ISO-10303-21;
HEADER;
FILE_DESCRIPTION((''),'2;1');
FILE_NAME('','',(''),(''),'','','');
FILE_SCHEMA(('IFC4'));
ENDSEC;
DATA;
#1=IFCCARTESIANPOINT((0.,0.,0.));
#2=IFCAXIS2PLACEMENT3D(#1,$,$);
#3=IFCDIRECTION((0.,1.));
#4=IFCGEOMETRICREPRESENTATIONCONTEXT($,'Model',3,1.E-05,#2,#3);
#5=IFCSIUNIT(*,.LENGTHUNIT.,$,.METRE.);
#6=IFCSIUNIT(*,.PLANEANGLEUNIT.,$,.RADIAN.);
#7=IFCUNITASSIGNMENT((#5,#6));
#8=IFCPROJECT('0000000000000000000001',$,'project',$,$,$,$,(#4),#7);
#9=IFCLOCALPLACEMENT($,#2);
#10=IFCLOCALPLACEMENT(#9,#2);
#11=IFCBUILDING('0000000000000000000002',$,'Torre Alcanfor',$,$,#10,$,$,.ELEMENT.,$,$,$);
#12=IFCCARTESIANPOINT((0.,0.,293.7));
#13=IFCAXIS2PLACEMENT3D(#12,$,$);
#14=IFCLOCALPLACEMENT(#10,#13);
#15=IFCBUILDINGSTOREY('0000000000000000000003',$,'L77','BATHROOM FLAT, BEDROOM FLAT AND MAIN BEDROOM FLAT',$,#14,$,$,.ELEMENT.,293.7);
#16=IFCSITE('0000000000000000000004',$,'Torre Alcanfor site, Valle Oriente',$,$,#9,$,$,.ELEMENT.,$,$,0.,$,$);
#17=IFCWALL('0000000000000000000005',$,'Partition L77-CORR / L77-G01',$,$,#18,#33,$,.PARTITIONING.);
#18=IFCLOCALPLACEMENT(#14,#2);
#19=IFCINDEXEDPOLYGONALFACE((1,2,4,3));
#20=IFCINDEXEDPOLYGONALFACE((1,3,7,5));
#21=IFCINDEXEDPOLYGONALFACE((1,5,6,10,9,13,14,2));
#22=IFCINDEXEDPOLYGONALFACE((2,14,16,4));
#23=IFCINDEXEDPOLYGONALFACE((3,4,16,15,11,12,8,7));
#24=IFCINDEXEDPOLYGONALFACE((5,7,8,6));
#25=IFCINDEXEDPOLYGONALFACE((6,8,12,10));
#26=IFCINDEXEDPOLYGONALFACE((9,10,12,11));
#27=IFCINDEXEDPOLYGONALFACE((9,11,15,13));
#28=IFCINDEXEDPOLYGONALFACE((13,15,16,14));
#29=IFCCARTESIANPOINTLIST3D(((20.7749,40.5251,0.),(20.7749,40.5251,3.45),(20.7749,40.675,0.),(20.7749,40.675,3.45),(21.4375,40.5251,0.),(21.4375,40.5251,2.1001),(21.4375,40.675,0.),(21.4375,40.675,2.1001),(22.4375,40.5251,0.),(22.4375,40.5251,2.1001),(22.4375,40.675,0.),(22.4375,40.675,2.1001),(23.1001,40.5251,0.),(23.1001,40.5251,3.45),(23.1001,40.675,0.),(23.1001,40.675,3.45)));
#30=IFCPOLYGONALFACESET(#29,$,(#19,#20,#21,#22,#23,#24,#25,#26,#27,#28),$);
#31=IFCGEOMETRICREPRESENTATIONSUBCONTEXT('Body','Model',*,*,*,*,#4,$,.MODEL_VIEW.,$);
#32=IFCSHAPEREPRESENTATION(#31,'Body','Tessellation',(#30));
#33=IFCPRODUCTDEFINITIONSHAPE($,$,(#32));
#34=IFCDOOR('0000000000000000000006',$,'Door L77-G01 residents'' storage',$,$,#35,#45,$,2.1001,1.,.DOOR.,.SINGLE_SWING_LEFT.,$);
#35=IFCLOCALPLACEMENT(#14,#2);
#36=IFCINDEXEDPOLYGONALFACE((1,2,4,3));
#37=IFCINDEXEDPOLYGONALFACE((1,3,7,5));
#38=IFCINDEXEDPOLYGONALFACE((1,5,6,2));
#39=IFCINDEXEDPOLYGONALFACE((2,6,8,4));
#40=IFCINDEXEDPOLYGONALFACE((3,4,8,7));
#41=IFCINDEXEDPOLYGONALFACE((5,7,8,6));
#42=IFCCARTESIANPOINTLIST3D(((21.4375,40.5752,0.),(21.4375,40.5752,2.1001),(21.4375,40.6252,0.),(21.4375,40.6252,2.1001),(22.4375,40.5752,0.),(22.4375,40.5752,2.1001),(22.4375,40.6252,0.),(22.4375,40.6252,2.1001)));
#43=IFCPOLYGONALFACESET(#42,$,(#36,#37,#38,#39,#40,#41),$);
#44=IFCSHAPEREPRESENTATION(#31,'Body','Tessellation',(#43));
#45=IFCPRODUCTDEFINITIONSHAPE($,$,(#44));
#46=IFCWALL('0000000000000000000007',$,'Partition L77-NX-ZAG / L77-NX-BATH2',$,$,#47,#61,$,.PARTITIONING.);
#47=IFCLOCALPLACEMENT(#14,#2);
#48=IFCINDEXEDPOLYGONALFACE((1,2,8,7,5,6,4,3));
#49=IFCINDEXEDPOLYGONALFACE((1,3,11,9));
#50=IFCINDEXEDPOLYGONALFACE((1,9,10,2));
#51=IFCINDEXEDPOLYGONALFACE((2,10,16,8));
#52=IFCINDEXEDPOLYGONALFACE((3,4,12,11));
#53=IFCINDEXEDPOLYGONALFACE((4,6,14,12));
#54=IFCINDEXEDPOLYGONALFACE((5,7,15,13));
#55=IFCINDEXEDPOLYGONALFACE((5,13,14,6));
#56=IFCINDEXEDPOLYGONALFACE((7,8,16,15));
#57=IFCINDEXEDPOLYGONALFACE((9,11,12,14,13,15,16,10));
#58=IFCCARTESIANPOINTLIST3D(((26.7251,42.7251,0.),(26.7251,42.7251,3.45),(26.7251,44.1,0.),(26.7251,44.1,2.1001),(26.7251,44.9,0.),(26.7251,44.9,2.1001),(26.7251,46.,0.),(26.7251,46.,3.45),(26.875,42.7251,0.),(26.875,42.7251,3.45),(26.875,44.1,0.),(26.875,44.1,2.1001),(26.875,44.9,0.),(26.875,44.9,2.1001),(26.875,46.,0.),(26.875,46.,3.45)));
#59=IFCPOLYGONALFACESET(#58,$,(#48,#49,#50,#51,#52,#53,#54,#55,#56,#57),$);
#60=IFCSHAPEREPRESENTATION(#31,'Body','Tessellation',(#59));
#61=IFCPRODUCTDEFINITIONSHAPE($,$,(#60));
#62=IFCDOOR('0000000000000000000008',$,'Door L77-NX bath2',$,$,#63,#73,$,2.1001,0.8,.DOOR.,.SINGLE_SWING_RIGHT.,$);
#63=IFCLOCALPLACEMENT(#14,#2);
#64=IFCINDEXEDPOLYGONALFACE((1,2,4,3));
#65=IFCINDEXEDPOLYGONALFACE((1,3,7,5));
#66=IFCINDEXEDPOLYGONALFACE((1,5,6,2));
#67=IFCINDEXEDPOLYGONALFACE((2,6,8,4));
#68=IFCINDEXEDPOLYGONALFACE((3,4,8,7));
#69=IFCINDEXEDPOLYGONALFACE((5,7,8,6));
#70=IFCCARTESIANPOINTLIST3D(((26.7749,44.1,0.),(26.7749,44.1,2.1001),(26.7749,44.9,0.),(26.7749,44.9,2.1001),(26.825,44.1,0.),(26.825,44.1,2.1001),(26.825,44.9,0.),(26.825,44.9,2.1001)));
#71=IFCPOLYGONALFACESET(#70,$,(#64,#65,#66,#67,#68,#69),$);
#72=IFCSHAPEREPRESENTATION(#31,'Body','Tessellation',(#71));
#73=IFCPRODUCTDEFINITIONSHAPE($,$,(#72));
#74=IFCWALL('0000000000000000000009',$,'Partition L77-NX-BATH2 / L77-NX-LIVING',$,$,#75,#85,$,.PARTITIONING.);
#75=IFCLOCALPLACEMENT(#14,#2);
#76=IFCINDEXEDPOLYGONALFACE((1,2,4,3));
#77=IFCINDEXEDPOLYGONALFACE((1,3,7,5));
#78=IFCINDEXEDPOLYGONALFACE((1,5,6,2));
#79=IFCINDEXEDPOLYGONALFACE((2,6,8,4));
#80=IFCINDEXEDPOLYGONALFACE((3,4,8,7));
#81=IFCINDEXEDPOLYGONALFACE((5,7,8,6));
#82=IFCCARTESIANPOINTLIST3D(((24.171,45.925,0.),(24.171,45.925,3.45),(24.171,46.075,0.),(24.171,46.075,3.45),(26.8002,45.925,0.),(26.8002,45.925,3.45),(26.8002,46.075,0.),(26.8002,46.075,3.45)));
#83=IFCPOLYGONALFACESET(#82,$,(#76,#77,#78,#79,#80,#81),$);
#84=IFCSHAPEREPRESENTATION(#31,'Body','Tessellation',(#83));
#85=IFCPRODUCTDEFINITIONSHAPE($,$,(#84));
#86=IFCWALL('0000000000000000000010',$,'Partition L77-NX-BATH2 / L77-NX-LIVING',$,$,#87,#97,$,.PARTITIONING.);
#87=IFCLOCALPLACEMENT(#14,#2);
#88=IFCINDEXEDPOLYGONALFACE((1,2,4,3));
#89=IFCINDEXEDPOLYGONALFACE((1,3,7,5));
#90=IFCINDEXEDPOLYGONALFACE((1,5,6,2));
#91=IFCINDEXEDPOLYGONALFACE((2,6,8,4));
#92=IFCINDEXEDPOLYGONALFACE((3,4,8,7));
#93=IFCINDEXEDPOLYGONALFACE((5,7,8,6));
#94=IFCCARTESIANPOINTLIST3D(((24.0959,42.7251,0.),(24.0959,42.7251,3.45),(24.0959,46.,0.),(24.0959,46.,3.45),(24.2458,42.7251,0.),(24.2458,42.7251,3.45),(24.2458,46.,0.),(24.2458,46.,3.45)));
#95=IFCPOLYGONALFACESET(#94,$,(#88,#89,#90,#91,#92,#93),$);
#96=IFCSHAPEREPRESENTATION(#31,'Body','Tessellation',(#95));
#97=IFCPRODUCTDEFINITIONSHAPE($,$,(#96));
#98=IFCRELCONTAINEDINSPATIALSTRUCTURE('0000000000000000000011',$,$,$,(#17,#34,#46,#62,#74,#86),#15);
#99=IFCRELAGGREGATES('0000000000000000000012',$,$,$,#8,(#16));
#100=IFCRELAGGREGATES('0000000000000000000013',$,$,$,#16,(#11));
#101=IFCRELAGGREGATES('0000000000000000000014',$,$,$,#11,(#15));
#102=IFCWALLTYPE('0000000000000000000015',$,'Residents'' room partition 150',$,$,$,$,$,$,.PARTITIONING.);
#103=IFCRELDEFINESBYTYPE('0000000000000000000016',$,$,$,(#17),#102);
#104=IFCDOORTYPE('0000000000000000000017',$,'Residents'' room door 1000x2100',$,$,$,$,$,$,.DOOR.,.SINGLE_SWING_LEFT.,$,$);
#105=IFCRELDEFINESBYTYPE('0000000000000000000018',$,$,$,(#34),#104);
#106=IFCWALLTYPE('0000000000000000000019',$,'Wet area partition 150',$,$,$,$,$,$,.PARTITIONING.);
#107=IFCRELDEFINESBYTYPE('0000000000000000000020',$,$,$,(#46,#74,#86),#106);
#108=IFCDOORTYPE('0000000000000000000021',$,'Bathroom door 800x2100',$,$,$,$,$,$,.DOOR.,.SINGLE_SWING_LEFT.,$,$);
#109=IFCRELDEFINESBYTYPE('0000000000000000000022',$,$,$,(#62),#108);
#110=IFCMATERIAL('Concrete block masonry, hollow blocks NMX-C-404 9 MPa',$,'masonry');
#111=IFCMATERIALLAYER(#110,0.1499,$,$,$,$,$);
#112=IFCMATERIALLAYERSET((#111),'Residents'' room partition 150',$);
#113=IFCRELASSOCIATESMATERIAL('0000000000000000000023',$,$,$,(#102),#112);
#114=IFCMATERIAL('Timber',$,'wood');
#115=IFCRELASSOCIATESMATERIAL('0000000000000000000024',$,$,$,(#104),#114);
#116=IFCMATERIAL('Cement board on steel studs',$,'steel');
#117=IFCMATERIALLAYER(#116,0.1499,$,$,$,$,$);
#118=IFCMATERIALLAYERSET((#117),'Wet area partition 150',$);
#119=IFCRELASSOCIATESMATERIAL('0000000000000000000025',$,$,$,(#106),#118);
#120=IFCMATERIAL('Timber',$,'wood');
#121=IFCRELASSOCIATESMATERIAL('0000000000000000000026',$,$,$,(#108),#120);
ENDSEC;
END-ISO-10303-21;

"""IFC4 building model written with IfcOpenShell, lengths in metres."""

from ifc_helpers import new_model, si_unit, direction, frame, frame_2d, origin, place, context, subcontext, project, spatial, rectangle, extrude, material, layer, layer_set, type_object, element, fill, save


model = new_model("IFC4")

# Units and contexts
model_context = context("Model", 3, precision=1e-05, world=origin(), true_north=direction((0.0, 1.0)))
body_context = subcontext(model_context, "Body", "Model", "MODEL_VIEW")
ifc_project = project(units=[si_unit("LENGTHUNIT", "METRE"), si_unit("PLANEANGLEUNIT", "RADIAN")], contexts=[model_context])

# Site, building, storey
site_placement = place(None, origin())
site = spatial("IfcSite", under=ifc_project, at=site_placement, Name="Torre Alcanfor site, Valle Oriente", CompositionType="ELEMENT", RefElevation=0.0)
building_placement = place(site_placement, origin())
building = spatial("IfcBuilding", under=site, at=building_placement, Name="Torre Alcanfor", CompositionType="ELEMENT")
storey_placement = place(building_placement, frame((0.0, 0.0, 293.7)))
storey = spatial("IfcBuildingStorey", under=building, at=storey_placement, Name="L77", Description="BATHROOM FLAT, BEDROOM FLAT AND MAIN BEDROOM FLAT", CompositionType="ELEMENT", Elevation=293.7)

# Shared definitions
ifc_material_1 = material(Name="Concrete block masonry, hollow blocks NMX-C-404 9 MPa", Category="masonry")
ifc_layer_1 = layer(ifc_material_1, 0.1499)
ifc_layer_set_1 = layer_set([ifc_layer_1], Name="Residents' room partition 150")
wall_type_1 = type_object("IfcWallType", Name="Residents' room partition 150", PredefinedType="PARTITIONING", material=ifc_layer_set_1)

# Walls, openings, doors
wall_1_placement = place(storey_placement, frame((23.1001, 40.6001, 0.0), z_axis=(0.0, 0.0, 1.0), x_axis=(-1.0, 0.0, 0.0)))
wall_1 = element("IfcWall", 1, at=wall_1_placement, inside=storey, type_object=wall_type_1, Name="Partition L77-CORR / L77-G01", PredefinedType="PARTITIONING", context=body_context, shape_type="SweptSolid", body=[
    extrude(rectangle(XDim=2.3252, YDim=0.1499, at=frame_2d((1.1626, 0.0))), origin(), (0.0, 0.0, 1.0), 3.45),
])
opening_1_placement = place(wall_1_placement, frame((0.6626, 0.0, 0.0)))
opening_1 = element("IfcOpeningElement", 2, at=opening_1_placement, cuts=wall_1, PredefinedType="OPENING", context=body_context, shape_type="SweptSolid", body=[
    extrude(rectangle(XDim=1.0, YDim=2.1001, at=frame_2d((0.5, 1.05))), frame((0.0, 0.085, 0.0), z_axis=(0.0, -1.0, 0.0), x_axis=(1.0, 0.0, 0.0)), (0.0, 0.0, 1.0), 0.1699),
])
ifc_material_2 = material(Name="Timber", Category="wood")
door_type_1 = type_object("IfcDoorType", Name="Residents' room door 1000x2100", OperationType="SINGLE_SWING_LEFT", PredefinedType="DOOR", material=ifc_material_2)
door_1_placement = place(opening_1_placement, origin())
door_1 = element("IfcDoor", 3, at=door_1_placement, inside=storey, type_object=door_type_1, Name="Door L77-G01 residents' storage", OperationType="SINGLE_SWING_LEFT", OverallHeight=2.1001, OverallWidth=1.0, PredefinedType="DOOR", context=body_context, shape_type="SweptSolid", body=[
    extrude(rectangle(XDim=1.0, YDim=2.1001, at=frame_2d((0.5, 1.05))), frame((0.0, 0.0249, 0.0), z_axis=(0.0, -1.0, 0.0), x_axis=(1.0, 0.0, 0.0)), (0.0, 0.0, 1.0), 0.05),
])
fill(opening_1, door_1)
ifc_material_3 = material(Name="Cement board on steel studs", Category="steel")
ifc_layer_2 = layer(ifc_material_3, 0.1499)
ifc_layer_set_2 = layer_set([ifc_layer_2], Name="Wet area partition 150")
wall_type_2 = type_object("IfcWallType", Name="Wet area partition 150", PredefinedType="PARTITIONING", material=ifc_layer_set_2)
wall_2_placement = place(storey_placement, frame((26.8, 46.0, 0.0), z_axis=(0.0, 0.0, 1.0), x_axis=(0.0, -1.0, 0.0)))
wall_2 = element("IfcWall", 4, at=wall_2_placement, inside=storey, type_object=wall_type_2, Name="Partition L77-NX-ZAG / L77-NX-BATH2", PredefinedType="PARTITIONING", context=body_context, shape_type="SweptSolid", body=[
    extrude(rectangle(XDim=3.2749, YDim=0.1499, at=frame_2d((1.6375, 0.0))), origin(), (0.0, 0.0, 1.0), 3.45),
])
opening_2_placement = place(wall_2_placement, frame((1.1001, 0.0, 0.0)))
opening_2 = element("IfcOpeningElement", 5, at=opening_2_placement, cuts=wall_2, PredefinedType="OPENING", context=body_context, shape_type="SweptSolid", body=[
    extrude(rectangle(XDim=0.8, YDim=2.1001, at=frame_2d((0.3999, 1.05))), frame((0.0, 0.085, 0.0), z_axis=(0.0, -1.0, 0.0), x_axis=(1.0, 0.0, 0.0)), (0.0, 0.0, 1.0), 0.1699),
])
ifc_material_4 = material(Name="Timber", Category="wood")
door_type_2 = type_object("IfcDoorType", Name="Bathroom door 800x2100", OperationType="SINGLE_SWING_LEFT", PredefinedType="DOOR", material=ifc_material_4)
door_2_placement = place(opening_2_placement, frame((0.8, 0.0, 0.0), z_axis=(0.0, 0.0, 1.0), x_axis=(-1.0, 0.0, 0.0)))
door_2 = element("IfcDoor", 6, at=door_2_placement, inside=storey, type_object=door_type_2, Name="Door L77-NX bath2", OperationType="SINGLE_SWING_RIGHT", OverallHeight=2.1001, OverallWidth=0.8, PredefinedType="DOOR", context=body_context, shape_type="SweptSolid", body=[
    extrude(rectangle(XDim=0.8, YDim=2.1001, at=frame_2d((0.4001, 1.05))), frame((0.0, 0.0251, 0.0), z_axis=(0.0, -1.0, 0.0), x_axis=(1.0, 0.0, 0.0)), (0.0, 0.0, 1.0), 0.05),
])
fill(opening_2, door_2)

# Walls
wall_3_placement = place(storey_placement, frame((26.8, 46.0, 0.0), z_axis=(0.0, 0.0, 1.0), x_axis=(-1.0, 0.0, 0.0)))
element("IfcWall", 7, at=wall_3_placement, inside=storey, type_object=wall_type_2, Name="Partition L77-NX-BATH2 / L77-NX-LIVING", PredefinedType="PARTITIONING", context=body_context, shape_type="SweptSolid", body=[
    extrude(rectangle(XDim=2.6292, YDim=0.1499, at=frame_2d((1.3145, 0.0))), origin(), (0.0, 0.0, 1.0), 3.45),
])
wall_4_placement = place(storey_placement, frame((24.1709, 46.0, 0.0), z_axis=(0.0, 0.0, 1.0), x_axis=(0.0, -1.0, 0.0)))
element("IfcWall", 8, at=wall_4_placement, inside=storey, type_object=wall_type_2, Name="Partition L77-NX-BATH2 / L77-NX-LIVING", PredefinedType="PARTITIONING", context=body_context, shape_type="SweptSolid", body=[
    extrude(rectangle(XDim=3.2749, YDim=0.1499, at=frame_2d((1.6375, 0.0))), origin(), (0.0, 0.0, 1.0), 3.45),
])

save(model, "model.ifc")
